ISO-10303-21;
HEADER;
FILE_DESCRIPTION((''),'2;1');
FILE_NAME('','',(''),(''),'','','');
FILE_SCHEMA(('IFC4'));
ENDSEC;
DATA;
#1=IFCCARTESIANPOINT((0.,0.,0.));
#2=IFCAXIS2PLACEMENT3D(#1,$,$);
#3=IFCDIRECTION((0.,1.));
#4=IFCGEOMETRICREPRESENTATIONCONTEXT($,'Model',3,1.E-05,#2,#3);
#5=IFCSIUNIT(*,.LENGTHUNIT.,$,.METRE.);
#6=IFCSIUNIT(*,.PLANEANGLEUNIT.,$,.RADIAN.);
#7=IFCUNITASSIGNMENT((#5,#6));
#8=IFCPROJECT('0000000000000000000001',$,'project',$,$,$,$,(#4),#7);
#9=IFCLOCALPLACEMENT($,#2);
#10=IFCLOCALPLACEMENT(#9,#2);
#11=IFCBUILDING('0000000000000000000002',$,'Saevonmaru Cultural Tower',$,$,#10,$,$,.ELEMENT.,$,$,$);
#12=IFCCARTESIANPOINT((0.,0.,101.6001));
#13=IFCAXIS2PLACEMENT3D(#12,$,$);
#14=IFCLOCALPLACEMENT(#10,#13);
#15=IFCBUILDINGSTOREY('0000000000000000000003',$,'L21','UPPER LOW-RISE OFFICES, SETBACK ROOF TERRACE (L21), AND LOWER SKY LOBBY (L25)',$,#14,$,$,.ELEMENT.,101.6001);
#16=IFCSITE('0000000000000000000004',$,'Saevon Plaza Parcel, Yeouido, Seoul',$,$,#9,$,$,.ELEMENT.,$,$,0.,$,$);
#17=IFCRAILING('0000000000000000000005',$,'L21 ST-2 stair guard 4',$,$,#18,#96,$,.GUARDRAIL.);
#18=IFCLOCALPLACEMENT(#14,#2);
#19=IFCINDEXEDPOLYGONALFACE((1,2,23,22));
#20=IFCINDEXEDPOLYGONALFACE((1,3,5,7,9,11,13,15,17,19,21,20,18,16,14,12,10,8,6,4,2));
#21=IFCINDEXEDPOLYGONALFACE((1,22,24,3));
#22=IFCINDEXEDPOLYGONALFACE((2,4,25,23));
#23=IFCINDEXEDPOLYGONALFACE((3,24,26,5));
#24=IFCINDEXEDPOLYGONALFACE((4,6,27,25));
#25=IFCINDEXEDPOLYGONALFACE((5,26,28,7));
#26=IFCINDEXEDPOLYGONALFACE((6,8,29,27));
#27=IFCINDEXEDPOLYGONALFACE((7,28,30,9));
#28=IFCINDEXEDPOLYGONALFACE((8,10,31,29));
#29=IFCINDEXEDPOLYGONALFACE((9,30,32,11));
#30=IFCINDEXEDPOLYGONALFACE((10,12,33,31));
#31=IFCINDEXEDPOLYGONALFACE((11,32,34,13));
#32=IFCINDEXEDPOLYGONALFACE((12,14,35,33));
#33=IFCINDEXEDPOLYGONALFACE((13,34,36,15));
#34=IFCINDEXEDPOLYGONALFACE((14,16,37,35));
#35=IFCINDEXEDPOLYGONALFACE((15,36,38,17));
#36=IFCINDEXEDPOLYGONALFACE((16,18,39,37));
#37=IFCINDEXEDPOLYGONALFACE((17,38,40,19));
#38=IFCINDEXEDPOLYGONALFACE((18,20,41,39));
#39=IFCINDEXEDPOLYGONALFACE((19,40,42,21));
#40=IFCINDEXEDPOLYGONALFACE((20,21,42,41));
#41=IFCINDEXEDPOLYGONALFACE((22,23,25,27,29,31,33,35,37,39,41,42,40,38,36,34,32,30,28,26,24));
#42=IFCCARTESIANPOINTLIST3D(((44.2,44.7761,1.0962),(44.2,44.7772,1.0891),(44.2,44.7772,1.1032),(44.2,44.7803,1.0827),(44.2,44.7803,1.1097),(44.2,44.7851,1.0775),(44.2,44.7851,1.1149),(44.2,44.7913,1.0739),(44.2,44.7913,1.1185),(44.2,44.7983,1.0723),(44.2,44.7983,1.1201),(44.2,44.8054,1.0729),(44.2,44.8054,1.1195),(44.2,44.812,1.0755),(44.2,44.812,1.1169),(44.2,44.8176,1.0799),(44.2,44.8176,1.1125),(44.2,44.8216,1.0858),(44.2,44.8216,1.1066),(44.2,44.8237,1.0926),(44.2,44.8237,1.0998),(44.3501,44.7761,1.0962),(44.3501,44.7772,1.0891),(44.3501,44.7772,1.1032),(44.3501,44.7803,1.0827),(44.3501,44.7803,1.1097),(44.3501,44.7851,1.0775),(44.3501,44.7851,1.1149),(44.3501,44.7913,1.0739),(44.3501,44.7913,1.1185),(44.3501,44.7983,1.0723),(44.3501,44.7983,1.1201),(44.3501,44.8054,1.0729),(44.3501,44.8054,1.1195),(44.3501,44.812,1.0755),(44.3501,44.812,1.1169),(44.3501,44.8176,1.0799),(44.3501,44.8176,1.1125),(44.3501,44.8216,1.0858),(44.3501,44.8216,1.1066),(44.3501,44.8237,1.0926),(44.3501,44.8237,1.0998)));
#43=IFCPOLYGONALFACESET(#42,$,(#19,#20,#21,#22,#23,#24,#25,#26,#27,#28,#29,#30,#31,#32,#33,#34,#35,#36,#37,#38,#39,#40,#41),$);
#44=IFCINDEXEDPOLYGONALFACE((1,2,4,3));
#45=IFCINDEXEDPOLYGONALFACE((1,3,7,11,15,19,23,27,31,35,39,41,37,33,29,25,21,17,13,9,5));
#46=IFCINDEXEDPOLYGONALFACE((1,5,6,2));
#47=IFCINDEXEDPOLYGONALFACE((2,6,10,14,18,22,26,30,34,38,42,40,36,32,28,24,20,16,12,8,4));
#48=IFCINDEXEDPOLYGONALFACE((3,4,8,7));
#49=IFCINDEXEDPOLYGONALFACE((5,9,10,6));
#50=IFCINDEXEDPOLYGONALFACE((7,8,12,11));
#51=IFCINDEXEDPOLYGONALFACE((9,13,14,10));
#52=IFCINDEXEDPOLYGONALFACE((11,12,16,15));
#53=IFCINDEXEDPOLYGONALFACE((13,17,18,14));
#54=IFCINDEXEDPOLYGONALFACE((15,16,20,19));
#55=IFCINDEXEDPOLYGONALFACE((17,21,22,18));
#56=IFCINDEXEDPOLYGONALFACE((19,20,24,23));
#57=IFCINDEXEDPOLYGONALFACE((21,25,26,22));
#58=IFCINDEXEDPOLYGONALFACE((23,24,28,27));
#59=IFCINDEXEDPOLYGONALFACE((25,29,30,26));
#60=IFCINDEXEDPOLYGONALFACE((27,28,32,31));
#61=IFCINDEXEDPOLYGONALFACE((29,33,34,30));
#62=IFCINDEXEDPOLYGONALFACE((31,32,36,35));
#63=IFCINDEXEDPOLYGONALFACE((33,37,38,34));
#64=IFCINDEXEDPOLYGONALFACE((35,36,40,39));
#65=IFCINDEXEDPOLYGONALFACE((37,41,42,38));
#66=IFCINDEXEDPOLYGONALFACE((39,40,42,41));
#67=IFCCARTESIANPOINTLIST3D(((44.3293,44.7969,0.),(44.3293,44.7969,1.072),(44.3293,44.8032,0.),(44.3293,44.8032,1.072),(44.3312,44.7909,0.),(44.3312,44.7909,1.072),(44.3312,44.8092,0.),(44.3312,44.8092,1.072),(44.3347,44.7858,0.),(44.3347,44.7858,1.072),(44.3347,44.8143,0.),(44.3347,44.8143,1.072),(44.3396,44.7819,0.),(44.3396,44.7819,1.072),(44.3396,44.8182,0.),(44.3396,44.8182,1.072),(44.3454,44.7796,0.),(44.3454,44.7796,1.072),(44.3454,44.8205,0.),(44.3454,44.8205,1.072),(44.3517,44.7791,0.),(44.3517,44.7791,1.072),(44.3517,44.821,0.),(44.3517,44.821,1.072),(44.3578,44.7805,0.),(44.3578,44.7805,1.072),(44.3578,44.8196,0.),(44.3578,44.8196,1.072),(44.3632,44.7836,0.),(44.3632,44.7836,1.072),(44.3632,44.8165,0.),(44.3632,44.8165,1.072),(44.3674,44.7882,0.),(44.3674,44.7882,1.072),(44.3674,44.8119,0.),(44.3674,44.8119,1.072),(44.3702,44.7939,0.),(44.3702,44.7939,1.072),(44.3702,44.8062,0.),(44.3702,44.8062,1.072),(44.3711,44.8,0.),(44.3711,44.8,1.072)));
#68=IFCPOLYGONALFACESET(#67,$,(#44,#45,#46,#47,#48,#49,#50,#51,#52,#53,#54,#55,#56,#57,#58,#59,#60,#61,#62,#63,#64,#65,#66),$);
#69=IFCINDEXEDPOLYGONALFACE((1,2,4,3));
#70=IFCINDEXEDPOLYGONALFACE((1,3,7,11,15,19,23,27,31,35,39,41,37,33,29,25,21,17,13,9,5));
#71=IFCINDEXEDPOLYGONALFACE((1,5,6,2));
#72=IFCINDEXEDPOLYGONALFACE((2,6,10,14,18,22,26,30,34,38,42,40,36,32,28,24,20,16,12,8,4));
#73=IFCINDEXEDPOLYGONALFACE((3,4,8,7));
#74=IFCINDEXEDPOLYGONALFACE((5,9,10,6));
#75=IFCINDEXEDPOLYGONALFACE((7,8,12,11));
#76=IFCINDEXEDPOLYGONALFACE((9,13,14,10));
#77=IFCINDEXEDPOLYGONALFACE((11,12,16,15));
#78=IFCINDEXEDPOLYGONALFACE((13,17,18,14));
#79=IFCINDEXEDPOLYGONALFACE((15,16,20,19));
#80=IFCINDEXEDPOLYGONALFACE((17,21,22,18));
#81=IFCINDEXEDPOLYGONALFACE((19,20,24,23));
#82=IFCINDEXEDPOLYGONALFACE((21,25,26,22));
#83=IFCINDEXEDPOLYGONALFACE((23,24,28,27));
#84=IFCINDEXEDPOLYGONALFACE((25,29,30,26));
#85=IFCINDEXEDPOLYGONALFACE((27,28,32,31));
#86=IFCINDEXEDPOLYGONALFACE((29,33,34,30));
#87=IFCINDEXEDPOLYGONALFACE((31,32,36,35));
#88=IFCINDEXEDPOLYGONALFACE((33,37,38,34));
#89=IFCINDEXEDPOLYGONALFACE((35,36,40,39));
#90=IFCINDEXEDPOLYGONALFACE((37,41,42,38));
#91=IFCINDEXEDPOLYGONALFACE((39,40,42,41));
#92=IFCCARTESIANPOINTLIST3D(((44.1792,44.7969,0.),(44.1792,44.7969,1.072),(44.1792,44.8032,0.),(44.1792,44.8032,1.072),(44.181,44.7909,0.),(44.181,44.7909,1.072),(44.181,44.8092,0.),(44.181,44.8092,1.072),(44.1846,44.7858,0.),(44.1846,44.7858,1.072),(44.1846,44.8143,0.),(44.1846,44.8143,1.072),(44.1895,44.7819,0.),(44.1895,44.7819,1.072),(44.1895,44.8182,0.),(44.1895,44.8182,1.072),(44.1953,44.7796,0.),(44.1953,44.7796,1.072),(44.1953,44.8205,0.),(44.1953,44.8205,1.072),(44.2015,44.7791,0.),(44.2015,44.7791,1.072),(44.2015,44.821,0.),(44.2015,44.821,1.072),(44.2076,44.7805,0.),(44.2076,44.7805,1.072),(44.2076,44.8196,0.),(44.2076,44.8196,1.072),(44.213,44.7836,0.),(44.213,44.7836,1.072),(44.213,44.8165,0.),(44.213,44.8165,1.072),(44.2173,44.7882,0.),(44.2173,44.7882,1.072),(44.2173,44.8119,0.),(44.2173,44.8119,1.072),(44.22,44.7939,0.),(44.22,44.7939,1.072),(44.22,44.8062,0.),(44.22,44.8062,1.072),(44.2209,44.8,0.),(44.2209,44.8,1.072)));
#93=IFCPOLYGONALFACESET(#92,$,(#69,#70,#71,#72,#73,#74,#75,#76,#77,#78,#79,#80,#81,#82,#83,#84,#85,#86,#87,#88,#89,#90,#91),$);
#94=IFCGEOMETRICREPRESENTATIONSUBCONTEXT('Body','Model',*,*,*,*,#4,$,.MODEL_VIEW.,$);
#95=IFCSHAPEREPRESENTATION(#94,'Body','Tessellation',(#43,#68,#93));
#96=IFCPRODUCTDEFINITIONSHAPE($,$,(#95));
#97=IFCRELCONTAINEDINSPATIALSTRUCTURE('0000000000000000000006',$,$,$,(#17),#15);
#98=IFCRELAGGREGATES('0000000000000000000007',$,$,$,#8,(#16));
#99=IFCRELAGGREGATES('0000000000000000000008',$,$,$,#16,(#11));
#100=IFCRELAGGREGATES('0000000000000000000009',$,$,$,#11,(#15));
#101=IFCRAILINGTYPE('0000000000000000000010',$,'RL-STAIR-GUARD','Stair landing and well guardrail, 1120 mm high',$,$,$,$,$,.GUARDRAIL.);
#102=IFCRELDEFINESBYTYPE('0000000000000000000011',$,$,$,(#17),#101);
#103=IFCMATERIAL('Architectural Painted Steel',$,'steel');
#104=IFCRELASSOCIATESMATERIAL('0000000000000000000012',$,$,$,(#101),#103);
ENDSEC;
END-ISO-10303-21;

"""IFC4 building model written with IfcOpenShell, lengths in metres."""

from ifc_helpers import new_model, si_unit, direction, frame, origin, origin_2d, place, context, subcontext, project, spatial, circle, extrude, material, type_object, element, save


model = new_model("IFC4")

# Units and contexts
model_context = context("Model", 3, precision=1e-05, world=origin(), true_north=direction((0.0, 1.0)))
body_context = subcontext(model_context, "Body", "Model", "MODEL_VIEW")
ifc_project = project(units=[si_unit("LENGTHUNIT", "METRE"), si_unit("PLANEANGLEUNIT", "RADIAN")], contexts=[model_context])

# Site, building, storey
site_placement = place(None, origin())
site = spatial("IfcSite", under=ifc_project, at=site_placement, Name="Saevon Plaza Parcel, Yeouido, Seoul", CompositionType="ELEMENT", RefElevation=0.0)
building_placement = place(site_placement, origin())
building = spatial("IfcBuilding", under=site, at=building_placement, Name="Saevonmaru Cultural Tower", CompositionType="ELEMENT")
storey_placement = place(building_placement, frame((0.0, 0.0, 101.6001)))
storey = spatial("IfcBuildingStorey", under=building, at=storey_placement, Name="L21", Description="UPPER LOW-RISE OFFICES, SETBACK ROOF TERRACE (L21), AND LOWER SKY LOBBY (L25)", CompositionType="ELEMENT", Elevation=101.6001)

# Railing
ifc_material_1 = material(Name="Architectural Painted Steel", Category="steel")
railing_type_1 = type_object("IfcRailingType", Name="RL-STAIR-GUARD", Description="Stair landing and well guardrail, 1120 mm high", PredefinedType="GUARDRAIL", material=ifc_material_1)
railing_1_placement = place(storey_placement, frame((44.3501, 44.8, 0.0)))
element("IfcRailing", 1, at=railing_1_placement, inside=storey, type_object=railing_type_1, Name="L21 ST-2 stair guard 4", PredefinedType="GUARDRAIL", context=body_context, shape_type="SweptSolid", body=[
    extrude(circle(Radius=0.0239, at=origin_2d()), frame((0.0, 0.0, 1.0962), z_axis=(-1.0, 0.0, 0.0), x_axis=(0.0, -1.0, 0.0)), (0.0, 0.0, 1.0), 0.1501),
    extrude(circle(Radius=0.021, at=origin_2d()), origin(), (0.0, 0.0, 1.0), 1.072),
    extrude(circle(Radius=0.021, at=origin_2d()), frame((-0.1501, 0.0, 0.0)), (0.0, 0.0, 1.0), 1.072),
])

save(model, "model.ifc")
